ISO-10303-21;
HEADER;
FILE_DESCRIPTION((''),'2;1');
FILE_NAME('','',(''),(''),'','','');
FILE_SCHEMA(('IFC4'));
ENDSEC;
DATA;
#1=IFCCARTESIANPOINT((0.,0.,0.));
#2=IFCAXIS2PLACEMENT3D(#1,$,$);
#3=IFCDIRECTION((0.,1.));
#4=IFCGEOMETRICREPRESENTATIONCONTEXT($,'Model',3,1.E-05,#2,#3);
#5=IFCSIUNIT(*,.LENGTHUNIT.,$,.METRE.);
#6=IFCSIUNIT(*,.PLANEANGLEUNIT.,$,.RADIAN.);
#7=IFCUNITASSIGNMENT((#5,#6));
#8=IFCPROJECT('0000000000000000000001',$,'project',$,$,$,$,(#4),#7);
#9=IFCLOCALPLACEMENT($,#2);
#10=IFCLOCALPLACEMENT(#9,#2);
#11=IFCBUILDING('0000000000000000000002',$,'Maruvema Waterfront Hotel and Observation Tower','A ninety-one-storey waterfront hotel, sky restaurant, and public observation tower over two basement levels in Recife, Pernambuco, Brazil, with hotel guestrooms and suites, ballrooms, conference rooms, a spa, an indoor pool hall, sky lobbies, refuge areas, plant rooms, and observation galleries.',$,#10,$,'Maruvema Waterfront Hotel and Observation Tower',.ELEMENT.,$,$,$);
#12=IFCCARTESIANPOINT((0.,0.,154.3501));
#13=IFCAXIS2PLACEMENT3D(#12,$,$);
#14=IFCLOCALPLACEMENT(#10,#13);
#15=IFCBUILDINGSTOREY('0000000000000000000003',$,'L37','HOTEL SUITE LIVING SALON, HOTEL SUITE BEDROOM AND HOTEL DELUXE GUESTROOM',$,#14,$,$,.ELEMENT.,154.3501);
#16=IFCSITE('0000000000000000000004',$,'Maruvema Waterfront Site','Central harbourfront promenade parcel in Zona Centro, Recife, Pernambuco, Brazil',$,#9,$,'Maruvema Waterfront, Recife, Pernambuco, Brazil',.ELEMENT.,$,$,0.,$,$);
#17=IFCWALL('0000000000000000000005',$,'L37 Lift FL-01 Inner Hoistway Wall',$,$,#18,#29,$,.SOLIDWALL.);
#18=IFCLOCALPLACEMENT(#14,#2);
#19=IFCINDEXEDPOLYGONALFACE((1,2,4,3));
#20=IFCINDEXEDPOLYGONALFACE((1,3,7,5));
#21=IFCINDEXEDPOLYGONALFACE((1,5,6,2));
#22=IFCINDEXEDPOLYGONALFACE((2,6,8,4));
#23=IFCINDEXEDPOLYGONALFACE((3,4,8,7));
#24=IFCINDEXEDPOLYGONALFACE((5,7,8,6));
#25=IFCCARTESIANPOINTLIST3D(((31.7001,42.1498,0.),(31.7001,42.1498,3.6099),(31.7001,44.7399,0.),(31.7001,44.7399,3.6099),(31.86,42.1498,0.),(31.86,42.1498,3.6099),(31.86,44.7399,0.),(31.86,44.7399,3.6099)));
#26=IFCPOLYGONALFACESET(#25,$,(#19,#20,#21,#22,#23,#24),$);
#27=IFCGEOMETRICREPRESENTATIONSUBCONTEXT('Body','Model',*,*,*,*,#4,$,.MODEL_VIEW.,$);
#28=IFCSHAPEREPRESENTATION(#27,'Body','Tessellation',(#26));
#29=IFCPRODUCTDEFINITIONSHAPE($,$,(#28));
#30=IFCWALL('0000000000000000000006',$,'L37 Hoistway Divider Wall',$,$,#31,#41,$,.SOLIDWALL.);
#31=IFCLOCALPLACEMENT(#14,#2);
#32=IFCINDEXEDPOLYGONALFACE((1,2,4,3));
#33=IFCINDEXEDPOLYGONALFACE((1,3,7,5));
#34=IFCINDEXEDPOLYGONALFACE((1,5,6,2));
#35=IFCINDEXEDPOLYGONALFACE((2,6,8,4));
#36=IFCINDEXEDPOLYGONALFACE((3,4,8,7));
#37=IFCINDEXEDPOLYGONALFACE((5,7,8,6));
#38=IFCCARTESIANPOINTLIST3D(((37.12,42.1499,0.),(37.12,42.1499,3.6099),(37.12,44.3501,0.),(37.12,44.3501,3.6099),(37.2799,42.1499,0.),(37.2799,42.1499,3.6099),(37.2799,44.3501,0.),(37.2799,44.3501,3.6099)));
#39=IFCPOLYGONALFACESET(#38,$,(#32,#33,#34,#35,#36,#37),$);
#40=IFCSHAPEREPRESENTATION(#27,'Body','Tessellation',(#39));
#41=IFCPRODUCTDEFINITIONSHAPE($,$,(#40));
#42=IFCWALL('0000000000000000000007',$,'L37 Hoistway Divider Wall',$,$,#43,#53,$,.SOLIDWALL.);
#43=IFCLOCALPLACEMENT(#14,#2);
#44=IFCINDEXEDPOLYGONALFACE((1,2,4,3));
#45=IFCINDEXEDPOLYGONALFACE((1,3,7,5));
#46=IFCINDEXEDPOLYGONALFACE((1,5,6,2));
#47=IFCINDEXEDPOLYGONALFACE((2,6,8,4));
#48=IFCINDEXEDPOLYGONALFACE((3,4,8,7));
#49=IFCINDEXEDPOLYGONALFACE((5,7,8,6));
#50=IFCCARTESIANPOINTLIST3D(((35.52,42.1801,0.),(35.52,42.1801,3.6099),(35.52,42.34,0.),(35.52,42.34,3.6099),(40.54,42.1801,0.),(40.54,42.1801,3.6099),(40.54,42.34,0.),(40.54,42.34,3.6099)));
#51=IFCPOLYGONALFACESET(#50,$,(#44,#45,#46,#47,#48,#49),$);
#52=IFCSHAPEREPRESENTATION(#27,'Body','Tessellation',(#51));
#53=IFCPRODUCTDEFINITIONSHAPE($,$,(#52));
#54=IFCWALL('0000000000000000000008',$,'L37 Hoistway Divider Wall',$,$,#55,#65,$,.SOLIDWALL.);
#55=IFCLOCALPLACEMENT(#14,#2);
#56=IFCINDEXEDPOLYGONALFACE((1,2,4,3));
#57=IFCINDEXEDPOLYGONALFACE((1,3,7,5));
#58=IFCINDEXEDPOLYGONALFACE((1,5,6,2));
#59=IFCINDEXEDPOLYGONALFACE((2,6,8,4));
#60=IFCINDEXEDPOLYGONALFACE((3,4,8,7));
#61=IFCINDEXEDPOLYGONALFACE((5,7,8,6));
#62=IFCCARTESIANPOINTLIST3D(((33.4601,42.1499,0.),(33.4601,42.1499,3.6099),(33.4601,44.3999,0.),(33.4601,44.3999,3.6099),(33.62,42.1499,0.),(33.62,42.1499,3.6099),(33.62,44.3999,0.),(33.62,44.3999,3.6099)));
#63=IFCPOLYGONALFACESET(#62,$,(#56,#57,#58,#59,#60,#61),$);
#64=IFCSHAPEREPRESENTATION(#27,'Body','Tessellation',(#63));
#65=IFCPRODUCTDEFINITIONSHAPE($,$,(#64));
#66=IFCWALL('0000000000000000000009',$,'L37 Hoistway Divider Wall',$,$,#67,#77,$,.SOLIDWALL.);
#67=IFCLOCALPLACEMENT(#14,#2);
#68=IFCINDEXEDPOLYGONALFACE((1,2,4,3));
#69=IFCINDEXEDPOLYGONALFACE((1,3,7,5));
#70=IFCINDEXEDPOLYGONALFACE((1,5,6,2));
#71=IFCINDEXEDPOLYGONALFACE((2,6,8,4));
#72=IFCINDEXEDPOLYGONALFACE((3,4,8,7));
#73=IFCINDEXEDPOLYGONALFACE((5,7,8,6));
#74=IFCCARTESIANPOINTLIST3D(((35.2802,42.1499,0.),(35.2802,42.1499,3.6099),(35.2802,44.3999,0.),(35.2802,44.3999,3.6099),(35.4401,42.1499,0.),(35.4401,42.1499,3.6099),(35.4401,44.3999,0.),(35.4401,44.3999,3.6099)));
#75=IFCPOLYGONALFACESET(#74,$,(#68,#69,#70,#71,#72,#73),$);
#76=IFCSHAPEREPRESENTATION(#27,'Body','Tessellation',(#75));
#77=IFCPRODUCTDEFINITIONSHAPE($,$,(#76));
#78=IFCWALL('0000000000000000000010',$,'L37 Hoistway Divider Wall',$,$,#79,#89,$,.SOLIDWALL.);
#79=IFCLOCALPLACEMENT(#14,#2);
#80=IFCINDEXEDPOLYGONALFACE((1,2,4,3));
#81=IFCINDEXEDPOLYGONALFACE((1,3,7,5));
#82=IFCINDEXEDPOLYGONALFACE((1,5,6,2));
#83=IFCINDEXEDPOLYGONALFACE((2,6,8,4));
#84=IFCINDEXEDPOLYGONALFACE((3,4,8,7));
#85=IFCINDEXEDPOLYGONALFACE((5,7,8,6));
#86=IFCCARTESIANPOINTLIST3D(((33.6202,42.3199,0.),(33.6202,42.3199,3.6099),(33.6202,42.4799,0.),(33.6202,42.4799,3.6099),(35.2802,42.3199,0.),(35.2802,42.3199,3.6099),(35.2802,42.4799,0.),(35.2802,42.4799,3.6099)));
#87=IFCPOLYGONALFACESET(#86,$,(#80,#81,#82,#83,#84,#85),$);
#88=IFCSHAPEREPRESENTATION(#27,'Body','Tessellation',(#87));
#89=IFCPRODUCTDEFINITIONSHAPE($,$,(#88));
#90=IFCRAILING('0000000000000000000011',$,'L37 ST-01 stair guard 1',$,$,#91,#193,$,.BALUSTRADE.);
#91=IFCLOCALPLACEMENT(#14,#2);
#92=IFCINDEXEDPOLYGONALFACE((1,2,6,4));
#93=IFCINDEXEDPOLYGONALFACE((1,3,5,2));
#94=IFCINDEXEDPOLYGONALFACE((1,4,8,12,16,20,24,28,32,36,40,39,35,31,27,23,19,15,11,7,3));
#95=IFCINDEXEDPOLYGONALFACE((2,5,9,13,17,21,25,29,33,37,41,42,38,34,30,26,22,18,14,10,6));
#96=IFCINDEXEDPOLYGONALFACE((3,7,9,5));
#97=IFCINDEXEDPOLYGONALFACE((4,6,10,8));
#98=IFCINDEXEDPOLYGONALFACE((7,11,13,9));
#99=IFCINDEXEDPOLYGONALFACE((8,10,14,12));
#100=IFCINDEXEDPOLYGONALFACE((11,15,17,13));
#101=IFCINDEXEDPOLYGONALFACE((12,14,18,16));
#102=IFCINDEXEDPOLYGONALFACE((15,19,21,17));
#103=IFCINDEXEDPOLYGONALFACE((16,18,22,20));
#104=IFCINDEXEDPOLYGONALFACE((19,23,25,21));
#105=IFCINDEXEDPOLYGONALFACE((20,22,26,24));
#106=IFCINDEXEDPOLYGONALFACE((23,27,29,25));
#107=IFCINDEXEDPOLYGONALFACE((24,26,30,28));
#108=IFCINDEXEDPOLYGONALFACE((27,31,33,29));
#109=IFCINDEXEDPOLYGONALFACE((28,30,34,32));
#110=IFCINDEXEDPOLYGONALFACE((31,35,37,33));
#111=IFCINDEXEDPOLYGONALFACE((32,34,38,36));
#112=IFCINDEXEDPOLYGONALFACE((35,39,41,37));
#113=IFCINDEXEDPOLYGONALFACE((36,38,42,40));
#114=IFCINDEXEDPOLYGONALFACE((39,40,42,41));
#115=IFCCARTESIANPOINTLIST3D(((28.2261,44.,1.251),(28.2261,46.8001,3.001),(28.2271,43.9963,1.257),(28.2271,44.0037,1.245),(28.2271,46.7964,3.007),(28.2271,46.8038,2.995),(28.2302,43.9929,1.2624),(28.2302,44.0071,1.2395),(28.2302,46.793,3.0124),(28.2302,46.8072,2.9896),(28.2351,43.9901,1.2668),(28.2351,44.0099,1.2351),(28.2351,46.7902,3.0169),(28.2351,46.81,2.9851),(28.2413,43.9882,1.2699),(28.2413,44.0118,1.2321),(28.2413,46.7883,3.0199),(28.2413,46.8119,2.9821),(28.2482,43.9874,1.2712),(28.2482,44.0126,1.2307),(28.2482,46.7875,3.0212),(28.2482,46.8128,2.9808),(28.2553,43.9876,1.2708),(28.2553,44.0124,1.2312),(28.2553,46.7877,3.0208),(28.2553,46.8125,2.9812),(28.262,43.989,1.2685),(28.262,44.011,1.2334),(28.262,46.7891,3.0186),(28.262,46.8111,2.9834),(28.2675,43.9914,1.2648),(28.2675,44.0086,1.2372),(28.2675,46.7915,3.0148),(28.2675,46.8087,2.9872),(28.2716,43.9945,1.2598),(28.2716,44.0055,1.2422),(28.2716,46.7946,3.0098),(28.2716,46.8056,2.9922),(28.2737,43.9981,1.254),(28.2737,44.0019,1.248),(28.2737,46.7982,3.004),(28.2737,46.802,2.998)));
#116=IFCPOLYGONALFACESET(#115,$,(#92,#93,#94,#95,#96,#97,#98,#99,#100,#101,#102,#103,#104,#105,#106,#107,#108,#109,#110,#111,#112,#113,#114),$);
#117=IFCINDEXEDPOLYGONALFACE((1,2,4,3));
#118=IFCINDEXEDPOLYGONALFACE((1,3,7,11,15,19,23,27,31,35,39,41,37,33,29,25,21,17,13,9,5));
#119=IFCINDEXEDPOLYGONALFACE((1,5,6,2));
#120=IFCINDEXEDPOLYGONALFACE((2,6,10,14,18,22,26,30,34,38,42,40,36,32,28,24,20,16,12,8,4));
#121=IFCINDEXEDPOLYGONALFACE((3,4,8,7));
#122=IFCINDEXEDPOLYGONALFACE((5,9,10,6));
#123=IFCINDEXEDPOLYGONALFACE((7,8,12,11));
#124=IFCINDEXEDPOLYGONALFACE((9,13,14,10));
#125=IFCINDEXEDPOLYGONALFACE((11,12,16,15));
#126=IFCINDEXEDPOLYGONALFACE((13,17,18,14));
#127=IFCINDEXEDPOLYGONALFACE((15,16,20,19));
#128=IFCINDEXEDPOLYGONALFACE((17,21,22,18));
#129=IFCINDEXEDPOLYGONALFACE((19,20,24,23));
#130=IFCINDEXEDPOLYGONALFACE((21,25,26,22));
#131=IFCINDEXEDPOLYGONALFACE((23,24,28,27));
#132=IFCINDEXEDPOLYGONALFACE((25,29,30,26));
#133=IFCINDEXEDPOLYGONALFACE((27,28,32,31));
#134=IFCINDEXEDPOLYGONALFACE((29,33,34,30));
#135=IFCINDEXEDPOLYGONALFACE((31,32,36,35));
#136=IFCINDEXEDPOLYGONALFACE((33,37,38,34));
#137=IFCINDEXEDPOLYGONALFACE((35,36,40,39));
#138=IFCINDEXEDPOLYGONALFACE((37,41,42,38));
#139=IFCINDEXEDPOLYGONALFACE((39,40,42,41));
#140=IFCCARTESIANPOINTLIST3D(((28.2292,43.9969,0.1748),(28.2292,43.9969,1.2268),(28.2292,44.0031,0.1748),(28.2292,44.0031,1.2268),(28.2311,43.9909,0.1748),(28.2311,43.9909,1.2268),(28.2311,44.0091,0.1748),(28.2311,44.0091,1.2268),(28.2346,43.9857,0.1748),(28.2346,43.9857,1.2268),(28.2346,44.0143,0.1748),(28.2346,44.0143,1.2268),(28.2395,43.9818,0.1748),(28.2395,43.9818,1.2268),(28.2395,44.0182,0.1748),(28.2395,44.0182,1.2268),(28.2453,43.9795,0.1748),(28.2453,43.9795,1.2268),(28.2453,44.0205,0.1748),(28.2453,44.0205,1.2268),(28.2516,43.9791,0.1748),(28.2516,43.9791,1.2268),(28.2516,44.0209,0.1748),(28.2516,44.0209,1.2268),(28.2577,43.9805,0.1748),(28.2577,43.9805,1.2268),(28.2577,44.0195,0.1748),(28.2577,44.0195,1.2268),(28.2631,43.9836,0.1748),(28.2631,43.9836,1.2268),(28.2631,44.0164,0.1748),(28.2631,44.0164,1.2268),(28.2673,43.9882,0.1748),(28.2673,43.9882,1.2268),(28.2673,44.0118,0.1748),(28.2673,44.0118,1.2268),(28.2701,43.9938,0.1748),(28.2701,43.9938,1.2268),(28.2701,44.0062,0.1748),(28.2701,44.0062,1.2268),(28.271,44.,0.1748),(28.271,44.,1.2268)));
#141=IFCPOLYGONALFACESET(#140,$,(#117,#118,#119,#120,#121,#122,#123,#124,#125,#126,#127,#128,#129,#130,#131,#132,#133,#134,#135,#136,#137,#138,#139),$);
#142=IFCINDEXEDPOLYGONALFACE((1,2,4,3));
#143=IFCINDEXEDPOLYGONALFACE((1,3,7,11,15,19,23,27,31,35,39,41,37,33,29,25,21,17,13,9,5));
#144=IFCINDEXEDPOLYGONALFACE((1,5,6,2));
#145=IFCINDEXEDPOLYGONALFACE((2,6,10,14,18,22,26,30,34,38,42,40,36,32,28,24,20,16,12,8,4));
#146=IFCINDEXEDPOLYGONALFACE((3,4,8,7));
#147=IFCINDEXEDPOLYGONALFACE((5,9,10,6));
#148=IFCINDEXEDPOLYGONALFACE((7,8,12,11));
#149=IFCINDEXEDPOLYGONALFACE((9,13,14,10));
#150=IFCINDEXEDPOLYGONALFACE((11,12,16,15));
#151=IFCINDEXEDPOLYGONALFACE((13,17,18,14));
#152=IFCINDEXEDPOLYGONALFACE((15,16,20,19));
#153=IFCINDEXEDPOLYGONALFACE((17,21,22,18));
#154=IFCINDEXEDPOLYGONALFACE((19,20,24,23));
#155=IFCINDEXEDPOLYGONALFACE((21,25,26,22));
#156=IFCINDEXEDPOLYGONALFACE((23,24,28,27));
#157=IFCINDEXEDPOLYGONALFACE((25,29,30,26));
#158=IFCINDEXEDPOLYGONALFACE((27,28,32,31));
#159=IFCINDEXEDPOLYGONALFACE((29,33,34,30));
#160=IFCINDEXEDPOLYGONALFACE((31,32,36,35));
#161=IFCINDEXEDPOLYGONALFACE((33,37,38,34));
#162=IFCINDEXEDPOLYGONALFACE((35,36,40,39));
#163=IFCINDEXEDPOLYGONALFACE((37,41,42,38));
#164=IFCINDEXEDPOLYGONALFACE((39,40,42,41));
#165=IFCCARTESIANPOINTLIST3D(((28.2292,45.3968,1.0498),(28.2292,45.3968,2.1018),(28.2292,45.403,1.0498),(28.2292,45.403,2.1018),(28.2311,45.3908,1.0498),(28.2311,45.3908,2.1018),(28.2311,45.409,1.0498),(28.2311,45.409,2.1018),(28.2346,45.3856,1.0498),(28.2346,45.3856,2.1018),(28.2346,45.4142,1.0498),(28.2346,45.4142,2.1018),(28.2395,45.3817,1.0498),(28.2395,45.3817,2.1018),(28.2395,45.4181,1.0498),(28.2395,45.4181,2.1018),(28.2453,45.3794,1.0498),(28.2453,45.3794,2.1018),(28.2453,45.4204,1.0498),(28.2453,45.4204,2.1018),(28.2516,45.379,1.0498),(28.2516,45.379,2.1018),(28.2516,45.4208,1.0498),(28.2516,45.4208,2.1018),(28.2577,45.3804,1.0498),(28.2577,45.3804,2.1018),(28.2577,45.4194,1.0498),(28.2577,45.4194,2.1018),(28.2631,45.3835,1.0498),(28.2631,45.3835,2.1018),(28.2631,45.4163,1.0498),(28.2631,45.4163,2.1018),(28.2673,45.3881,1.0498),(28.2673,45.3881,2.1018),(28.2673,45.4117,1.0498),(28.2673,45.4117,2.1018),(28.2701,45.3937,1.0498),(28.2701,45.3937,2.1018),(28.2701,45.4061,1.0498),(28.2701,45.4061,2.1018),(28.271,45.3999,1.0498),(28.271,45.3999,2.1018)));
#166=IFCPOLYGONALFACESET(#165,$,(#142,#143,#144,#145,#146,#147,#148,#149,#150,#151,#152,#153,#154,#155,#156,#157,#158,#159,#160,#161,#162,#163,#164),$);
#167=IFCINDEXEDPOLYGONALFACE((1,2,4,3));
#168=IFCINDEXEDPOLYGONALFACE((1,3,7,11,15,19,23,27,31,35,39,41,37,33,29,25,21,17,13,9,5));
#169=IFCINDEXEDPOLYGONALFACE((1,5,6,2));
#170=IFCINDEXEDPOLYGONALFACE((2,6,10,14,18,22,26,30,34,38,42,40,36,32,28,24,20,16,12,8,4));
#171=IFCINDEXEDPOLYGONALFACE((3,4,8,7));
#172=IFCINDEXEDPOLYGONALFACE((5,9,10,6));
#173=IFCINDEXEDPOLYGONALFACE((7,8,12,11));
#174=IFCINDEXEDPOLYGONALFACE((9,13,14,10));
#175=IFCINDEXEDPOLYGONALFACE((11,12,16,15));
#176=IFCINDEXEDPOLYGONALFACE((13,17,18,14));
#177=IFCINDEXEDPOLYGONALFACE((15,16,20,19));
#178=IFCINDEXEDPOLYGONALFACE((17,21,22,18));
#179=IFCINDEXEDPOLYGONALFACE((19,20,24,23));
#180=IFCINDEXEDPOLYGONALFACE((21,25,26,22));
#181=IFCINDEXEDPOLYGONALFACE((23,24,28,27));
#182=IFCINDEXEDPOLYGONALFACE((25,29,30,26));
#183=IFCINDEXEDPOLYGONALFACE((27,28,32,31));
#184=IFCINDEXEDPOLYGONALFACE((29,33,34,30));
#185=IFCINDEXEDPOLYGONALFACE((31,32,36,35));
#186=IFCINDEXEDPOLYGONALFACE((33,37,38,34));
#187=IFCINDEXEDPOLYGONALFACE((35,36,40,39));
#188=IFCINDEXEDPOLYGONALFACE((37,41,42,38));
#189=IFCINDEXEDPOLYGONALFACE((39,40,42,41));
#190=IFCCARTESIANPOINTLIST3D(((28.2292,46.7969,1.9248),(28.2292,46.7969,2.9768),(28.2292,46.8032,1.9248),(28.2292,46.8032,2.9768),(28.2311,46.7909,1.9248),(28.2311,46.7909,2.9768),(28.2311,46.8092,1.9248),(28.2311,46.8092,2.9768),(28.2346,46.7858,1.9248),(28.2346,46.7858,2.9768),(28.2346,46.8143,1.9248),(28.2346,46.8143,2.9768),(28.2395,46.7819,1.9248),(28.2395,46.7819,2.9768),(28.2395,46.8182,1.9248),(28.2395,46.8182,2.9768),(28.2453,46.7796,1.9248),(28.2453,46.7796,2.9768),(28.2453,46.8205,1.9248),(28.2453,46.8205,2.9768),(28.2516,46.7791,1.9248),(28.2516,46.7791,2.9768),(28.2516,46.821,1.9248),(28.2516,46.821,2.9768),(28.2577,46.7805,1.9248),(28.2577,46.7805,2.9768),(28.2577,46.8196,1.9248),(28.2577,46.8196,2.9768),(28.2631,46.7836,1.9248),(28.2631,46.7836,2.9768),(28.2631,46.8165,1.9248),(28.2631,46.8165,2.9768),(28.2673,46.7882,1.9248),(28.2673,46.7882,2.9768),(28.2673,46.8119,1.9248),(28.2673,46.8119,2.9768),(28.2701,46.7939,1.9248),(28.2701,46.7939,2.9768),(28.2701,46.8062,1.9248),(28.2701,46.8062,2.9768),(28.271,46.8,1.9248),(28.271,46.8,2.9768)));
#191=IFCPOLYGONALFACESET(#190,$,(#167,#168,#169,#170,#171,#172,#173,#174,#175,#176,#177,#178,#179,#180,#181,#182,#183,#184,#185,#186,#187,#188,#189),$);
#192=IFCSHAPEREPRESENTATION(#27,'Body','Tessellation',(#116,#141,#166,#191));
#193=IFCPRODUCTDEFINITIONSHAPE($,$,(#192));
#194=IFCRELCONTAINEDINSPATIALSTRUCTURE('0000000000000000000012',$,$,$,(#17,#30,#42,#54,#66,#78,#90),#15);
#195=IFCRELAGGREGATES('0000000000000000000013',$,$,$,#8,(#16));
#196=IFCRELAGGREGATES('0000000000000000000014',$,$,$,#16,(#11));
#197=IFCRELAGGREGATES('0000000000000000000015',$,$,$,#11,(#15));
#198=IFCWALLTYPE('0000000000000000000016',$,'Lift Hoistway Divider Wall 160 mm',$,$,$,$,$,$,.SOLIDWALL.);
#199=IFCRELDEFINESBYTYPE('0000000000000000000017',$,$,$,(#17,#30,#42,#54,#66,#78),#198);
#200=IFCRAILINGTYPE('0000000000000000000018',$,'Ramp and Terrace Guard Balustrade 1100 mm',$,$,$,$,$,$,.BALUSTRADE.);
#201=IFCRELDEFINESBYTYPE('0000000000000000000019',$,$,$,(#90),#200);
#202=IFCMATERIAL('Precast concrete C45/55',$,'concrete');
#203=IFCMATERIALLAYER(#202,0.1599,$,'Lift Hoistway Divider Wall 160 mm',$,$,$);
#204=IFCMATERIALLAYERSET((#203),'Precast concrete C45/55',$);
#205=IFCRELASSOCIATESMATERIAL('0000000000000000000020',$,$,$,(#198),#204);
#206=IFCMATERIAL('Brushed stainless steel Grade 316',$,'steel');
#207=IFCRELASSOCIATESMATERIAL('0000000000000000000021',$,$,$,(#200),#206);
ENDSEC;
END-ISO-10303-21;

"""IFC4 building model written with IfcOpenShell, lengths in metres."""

from ifc_helpers import new_model, si_unit, direction, frame, frame_2d, origin, origin_2d, place, context, subcontext, project, spatial, rectangle, circle, extrude, material, layer, layer_set, type_object, element, save


model = new_model("IFC4")

# Units and contexts
model_context = context("Model", 3, precision=1e-05, world=origin(), true_north=direction((0.0, 1.0)))
body_context = subcontext(model_context, "Body", "Model", "MODEL_VIEW")
ifc_project = project(units=[si_unit("LENGTHUNIT", "METRE"), si_unit("PLANEANGLEUNIT", "RADIAN")], contexts=[model_context])

# Site, building, storey
site_placement = place(None, origin())
site = spatial("IfcSite", under=ifc_project, at=site_placement, Name="Maruvema Waterfront Site", Description="Central harbourfront promenade parcel in Zona Centro, Recife, Pernambuco, Brazil", LongName="Maruvema Waterfront, Recife, Pernambuco, Brazil", CompositionType="ELEMENT", RefElevation=0.0)
building_placement = place(site_placement, origin())
building = spatial("IfcBuilding", under=site, at=building_placement, Name="Maruvema Waterfront Hotel and Observation Tower", Description="A ninety-one-storey waterfront hotel, sky restaurant, and public observation tower over two basement levels in Recife, Pernambuco, Brazil, with hotel guestrooms and suites, ballrooms, conference rooms, a spa, an indoor pool hall, sky lobbies, refuge areas, plant rooms, and observation galleries.", LongName="Maruvema Waterfront Hotel and Observation Tower", CompositionType="ELEMENT")
storey_placement = place(building_placement, frame((0.0, 0.0, 154.3501)))
storey = spatial("IfcBuildingStorey", under=building, at=storey_placement, Name="L37", Description="HOTEL SUITE LIVING SALON, HOTEL SUITE BEDROOM AND HOTEL DELUXE GUESTROOM", CompositionType="ELEMENT", Elevation=154.3501)

# Walls
ifc_material_1 = material(Name="Precast concrete C45/55", Category="concrete")
ifc_layer_1 = layer(ifc_material_1, 0.1599, Name="Lift Hoistway Divider Wall 160 mm")
ifc_layer_set_1 = layer_set([ifc_layer_1], Name="Precast concrete C45/55")
wall_type_1 = type_object("IfcWallType", Name="Lift Hoistway Divider Wall 160 mm", PredefinedType="SOLIDWALL", material=ifc_layer_set_1)
wall_1_placement = place(storey_placement, frame((31.78, 42.1499, 0.0), z_axis=(0.0, 0.0, 1.0), x_axis=(0.0, 1.0, 0.0)))
element("IfcWall", 1, at=wall_1_placement, inside=storey, type_object=wall_type_1, Name="L37 Lift FL-01 Inner Hoistway Wall", PredefinedType="SOLIDWALL", context=body_context, shape_type="SweptSolid", body=[
    extrude(rectangle(XDim=2.5901, YDim=0.1599, at=frame_2d((1.2949, 0.0))), origin(), (0.0, 0.0, 1.0), 3.6099),
])
wall_2_placement = place(storey_placement, frame((37.2, 42.1499, 0.0), z_axis=(0.0, 0.0, 1.0), x_axis=(0.0, 1.0, 0.0)))
element("IfcWall", 2, at=wall_2_placement, inside=storey, type_object=wall_type_1, Name="L37 Hoistway Divider Wall", PredefinedType="SOLIDWALL", context=body_context, shape_type="SweptSolid", body=[
    extrude(rectangle(XDim=2.2002, YDim=0.1599, at=frame_2d((1.1001, 0.0))), origin(), (0.0, 0.0, 1.0), 3.6099),
])
wall_3_placement = place(storey_placement, frame((35.52, 42.26, 0.0), z_axis=(0.0, 0.0, 1.0), x_axis=(1.0, 0.0, 0.0)))
element("IfcWall", 3, at=wall_3_placement, inside=storey, type_object=wall_type_1, Name="L37 Hoistway Divider Wall", PredefinedType="SOLIDWALL", context=body_context, shape_type="SweptSolid", body=[
    extrude(rectangle(XDim=5.02, YDim=0.1599, at=frame_2d((2.51, 0.0))), origin(), (0.0, 0.0, 1.0), 3.6099),
])
for number, where, z_axis, x_axis, name in (
    (4, (33.54, 42.1499, 0.0), (0.0, 0.0, 1.0), (0.0, 1.0, 0.0), "L37 Hoistway Divider Wall"),
    (5, (35.3601, 42.1499, 0.0), (0.0, 0.0, 1.0), (0.0, 1.0, 0.0), "L37 Hoistway Divider Wall"),
):
    element("IfcWall", number, at=place(storey_placement, frame(where, z_axis=z_axis, x_axis=x_axis)), inside=storey, type_object=wall_type_1, Name=name, PredefinedType="SOLIDWALL", context=body_context, shape_type="SweptSolid", body=[
        extrude(rectangle(XDim=2.25, YDim=0.1599, at=frame_2d((1.125, 0.0))), origin(), (0.0, 0.0, 1.0), 3.6099),
    ])
wall_4_placement = place(storey_placement, frame((33.6201, 42.3999, 0.0), z_axis=(0.0, 0.0, 1.0), x_axis=(1.0, 0.0, 0.0)))
element("IfcWall", 6, at=wall_4_placement, inside=storey, type_object=wall_type_1, Name="L37 Hoistway Divider Wall", PredefinedType="SOLIDWALL", context=body_context, shape_type="SweptSolid", body=[
    extrude(rectangle(XDim=1.6599, YDim=0.1599, at=frame_2d((0.8301, 0.0))), origin(), (0.0, 0.0, 1.0), 3.6099),
])

# Railing
ifc_material_2 = material(Name="Brushed stainless steel Grade 316", Category="steel")
railing_type = type_object("IfcRailingType", Name="Ramp and Terrace Guard Balustrade 1100 mm", PredefinedType="BALUSTRADE", material=ifc_material_2)
railing_1_placement = place(storey_placement, frame((28.25, 44.0, 0.1748)))
element("IfcRailing", 7, at=railing_1_placement, inside=storey, type_object=railing_type, Name="L37 ST-01 stair guard 1", PredefinedType="BALUSTRADE", context=body_context, shape_type="SweptSolid", body=[
    extrude(circle(Radius=0.0239, at=origin_2d()), frame((0.0, 0.0, 1.0762), z_axis=(0.0, 0.848002, 0.529992), x_axis=(-1.0, 0.0, 0.0)), (0.0, 0.0, 1.0), 3.302),
    extrude(circle(Radius=0.021, at=origin_2d()), origin(), (0.0, 0.0, 1.0), 1.052),
    extrude(circle(Radius=0.021, at=origin_2d()), frame((0.0, 1.3999, 0.875)), (0.0, 0.0, 1.0), 1.052),
    extrude(circle(Radius=0.021, at=origin_2d()), frame((0.0, 2.8, 1.75)), (0.0, 0.0, 1.0), 1.052),
])

save(model, "model.ifc")
